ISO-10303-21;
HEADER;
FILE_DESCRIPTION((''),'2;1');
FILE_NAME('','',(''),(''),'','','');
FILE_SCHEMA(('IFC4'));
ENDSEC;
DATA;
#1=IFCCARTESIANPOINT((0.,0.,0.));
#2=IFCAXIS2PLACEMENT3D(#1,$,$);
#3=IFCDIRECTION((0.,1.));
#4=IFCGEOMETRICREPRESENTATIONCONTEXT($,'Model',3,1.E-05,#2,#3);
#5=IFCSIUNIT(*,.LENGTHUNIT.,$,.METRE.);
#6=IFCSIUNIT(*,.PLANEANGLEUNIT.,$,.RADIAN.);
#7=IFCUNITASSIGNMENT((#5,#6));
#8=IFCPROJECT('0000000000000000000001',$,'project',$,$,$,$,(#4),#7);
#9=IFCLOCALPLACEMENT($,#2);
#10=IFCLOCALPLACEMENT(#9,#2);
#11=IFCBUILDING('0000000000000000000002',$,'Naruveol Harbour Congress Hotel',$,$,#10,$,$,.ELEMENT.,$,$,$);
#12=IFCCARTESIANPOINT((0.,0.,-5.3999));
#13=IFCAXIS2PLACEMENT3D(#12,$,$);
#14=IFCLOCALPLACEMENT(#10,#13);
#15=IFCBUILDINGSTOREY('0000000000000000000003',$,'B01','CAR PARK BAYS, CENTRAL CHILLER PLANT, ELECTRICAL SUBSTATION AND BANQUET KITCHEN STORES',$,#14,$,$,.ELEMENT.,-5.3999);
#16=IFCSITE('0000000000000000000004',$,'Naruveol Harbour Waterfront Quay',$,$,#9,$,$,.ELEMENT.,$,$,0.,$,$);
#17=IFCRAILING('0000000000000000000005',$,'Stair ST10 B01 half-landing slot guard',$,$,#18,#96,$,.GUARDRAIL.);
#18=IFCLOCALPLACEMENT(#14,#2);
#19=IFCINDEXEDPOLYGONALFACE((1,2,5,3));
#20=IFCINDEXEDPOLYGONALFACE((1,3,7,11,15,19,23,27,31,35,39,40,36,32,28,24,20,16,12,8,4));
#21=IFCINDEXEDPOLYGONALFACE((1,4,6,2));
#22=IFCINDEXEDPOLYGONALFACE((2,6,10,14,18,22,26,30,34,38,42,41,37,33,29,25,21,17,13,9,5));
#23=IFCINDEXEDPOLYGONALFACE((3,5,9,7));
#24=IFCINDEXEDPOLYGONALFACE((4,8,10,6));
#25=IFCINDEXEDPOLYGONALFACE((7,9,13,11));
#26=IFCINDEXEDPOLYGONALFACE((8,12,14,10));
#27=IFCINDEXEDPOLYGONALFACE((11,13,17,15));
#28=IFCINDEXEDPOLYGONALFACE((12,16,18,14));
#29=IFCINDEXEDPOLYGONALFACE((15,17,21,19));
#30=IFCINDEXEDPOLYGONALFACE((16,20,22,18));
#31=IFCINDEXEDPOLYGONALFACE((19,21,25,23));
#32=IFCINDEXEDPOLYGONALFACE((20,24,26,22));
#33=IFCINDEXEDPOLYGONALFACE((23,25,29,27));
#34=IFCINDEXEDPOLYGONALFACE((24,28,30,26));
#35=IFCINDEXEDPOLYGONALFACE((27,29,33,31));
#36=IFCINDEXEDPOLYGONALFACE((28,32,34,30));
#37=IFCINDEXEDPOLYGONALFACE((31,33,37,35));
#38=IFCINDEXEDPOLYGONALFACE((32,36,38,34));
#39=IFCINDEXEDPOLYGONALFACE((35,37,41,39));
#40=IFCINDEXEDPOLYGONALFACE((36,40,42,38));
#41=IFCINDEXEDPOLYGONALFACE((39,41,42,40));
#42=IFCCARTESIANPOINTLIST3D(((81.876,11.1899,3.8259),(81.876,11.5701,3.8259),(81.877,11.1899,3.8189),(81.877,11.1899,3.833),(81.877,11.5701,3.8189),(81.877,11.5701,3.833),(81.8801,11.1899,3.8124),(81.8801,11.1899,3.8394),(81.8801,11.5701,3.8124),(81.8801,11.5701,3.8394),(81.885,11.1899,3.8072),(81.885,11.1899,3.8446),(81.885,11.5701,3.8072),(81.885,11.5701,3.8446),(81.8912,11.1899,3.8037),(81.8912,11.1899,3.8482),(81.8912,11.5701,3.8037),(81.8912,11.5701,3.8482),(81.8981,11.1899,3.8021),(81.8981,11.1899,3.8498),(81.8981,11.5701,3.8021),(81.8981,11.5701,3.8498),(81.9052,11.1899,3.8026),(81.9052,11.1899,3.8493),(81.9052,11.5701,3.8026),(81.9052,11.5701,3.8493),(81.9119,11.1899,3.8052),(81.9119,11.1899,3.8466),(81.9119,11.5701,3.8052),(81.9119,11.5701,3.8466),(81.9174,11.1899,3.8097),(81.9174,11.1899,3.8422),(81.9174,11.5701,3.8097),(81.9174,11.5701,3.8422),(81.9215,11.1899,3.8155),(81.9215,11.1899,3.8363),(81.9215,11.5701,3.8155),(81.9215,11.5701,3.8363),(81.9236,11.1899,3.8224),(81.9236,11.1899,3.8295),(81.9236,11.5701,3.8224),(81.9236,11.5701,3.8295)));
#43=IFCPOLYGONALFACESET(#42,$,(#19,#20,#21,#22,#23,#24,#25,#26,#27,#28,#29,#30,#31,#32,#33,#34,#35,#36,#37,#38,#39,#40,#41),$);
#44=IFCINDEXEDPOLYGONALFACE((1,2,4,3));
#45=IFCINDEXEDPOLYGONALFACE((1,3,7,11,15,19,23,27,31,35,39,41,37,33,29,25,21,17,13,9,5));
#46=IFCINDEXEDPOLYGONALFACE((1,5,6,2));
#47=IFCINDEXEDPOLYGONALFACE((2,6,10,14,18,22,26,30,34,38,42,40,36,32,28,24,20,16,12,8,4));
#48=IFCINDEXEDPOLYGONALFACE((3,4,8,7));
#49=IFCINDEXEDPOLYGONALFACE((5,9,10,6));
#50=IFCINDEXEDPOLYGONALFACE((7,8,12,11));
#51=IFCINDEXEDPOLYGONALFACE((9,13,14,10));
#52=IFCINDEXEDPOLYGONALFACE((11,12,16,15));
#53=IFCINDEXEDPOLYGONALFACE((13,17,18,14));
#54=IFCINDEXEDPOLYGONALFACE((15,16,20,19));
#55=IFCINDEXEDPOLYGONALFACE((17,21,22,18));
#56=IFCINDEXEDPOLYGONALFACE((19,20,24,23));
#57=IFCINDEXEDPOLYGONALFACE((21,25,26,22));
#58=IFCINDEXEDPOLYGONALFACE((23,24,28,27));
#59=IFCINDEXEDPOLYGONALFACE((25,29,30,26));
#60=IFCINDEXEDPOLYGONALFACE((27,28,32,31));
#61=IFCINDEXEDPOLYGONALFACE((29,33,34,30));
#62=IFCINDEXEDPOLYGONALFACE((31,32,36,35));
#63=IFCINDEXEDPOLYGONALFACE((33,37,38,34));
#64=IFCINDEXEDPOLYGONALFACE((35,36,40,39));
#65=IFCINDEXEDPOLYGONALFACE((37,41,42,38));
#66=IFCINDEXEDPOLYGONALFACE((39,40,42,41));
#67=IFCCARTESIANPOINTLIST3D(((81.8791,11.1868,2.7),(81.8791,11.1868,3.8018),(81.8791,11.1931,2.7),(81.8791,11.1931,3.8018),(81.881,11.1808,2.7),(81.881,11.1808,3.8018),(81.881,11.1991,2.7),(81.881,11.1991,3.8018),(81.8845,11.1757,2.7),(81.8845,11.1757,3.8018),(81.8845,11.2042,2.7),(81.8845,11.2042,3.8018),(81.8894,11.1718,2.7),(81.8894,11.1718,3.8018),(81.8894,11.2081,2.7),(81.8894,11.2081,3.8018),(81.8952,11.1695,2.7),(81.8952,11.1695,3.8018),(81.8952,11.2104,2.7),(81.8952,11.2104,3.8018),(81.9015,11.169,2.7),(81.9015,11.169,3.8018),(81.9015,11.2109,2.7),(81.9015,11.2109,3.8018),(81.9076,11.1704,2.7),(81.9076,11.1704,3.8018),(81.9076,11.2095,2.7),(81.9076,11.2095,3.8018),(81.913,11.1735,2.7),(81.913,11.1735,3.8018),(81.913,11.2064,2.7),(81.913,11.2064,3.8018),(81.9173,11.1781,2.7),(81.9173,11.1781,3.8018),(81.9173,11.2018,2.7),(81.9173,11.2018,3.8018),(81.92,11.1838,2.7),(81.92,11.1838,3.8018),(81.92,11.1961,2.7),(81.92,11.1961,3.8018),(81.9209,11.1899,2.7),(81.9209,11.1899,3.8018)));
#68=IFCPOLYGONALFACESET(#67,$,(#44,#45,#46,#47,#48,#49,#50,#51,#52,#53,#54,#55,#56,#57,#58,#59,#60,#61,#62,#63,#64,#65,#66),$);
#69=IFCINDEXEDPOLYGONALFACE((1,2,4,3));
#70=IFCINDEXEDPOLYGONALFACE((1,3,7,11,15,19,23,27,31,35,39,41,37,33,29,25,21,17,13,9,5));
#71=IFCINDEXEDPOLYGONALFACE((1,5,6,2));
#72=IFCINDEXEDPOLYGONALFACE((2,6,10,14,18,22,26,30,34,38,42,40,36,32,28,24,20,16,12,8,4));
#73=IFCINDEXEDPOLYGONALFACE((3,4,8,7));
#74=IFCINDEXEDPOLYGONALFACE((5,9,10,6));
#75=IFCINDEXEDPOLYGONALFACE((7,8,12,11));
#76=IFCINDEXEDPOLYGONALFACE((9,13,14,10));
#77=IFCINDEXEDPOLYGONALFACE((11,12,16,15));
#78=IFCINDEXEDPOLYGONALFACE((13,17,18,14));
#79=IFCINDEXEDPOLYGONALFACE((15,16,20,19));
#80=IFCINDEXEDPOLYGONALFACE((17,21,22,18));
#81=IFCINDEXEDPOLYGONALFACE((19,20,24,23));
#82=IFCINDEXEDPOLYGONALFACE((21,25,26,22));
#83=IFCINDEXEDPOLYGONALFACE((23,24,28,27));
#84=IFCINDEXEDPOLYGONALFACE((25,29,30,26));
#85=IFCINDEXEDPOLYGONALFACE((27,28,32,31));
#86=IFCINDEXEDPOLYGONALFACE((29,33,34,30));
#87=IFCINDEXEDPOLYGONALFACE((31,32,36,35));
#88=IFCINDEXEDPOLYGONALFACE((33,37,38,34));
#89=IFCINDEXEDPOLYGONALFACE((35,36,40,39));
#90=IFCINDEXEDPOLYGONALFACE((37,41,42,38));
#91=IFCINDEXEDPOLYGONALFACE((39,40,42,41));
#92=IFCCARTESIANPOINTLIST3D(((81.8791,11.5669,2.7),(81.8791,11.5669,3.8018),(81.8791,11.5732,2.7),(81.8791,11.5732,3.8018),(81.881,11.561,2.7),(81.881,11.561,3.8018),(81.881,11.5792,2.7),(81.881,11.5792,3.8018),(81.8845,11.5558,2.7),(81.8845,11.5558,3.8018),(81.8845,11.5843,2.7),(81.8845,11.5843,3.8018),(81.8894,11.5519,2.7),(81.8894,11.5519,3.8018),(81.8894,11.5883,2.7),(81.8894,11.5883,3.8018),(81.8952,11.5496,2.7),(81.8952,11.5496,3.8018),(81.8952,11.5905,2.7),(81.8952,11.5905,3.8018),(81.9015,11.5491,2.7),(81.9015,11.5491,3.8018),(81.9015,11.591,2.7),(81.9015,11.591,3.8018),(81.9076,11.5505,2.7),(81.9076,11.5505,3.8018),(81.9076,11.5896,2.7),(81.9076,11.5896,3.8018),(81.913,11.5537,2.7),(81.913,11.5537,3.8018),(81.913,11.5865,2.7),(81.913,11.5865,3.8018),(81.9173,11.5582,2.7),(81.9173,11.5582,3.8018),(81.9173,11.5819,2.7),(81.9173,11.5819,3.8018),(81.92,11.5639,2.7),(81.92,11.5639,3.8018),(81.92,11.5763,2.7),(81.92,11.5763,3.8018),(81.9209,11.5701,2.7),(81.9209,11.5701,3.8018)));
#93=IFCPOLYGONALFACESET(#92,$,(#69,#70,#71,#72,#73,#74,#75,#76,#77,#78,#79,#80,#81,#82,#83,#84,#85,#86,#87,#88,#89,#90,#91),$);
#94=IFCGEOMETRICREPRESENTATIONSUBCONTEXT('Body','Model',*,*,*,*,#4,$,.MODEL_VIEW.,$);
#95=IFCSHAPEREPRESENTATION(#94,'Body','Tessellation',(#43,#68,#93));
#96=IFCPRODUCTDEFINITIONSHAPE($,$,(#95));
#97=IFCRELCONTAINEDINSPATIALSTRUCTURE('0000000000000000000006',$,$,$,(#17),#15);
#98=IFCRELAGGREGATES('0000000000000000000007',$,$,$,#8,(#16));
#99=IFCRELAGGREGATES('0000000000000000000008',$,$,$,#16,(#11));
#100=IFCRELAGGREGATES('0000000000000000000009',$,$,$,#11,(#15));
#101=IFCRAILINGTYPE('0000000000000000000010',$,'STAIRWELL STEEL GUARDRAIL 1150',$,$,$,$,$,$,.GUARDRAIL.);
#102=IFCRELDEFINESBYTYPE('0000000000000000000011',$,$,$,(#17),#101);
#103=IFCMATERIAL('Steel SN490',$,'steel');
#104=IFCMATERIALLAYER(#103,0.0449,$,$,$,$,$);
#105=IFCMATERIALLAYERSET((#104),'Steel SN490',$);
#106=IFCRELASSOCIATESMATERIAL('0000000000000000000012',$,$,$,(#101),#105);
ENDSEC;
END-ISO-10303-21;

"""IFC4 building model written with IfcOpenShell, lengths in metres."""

from ifc_helpers import new_model, si_unit, direction, frame, origin, origin_2d, place, context, subcontext, project, spatial, circle, extrude, material, layer, layer_set, type_object, element, save


model = new_model("IFC4")

# Units and contexts
model_context = context("Model", 3, precision=1e-05, world=origin(), true_north=direction((0.0, 1.0)))
body_context = subcontext(model_context, "Body", "Model", "MODEL_VIEW")
ifc_project = project(units=[si_unit("LENGTHUNIT", "METRE"), si_unit("PLANEANGLEUNIT", "RADIAN")], contexts=[model_context])

# Site, building, storey
site_placement = place(None, origin())
site = spatial("IfcSite", under=ifc_project, at=site_placement, Name="Naruveol Harbour Waterfront Quay", CompositionType="ELEMENT", RefElevation=0.0)
building_placement = place(site_placement, origin())
building = spatial("IfcBuilding", under=site, at=building_placement, Name="Naruveol Harbour Congress Hotel", CompositionType="ELEMENT")
storey_placement = place(building_placement, frame((0.0, 0.0, -5.3999)))
storey = spatial("IfcBuildingStorey", under=building, at=storey_placement, Name="B01", Description="CAR PARK BAYS, CENTRAL CHILLER PLANT, ELECTRICAL SUBSTATION AND BANQUET KITCHEN STORES", CompositionType="ELEMENT", Elevation=-5.3999)

# Railing
ifc_material_1 = material(Name="Steel SN490", Category="steel")
ifc_layer_1 = layer(ifc_material_1, 0.0449)
ifc_layer_set_1 = layer_set([ifc_layer_1], Name="Steel SN490")
railing_type_1 = type_object("IfcRailingType", Name="STAIRWELL STEEL GUARDRAIL 1150", PredefinedType="GUARDRAIL", material=ifc_layer_set_1)
railing_1_placement = place(storey_placement, frame((81.8999, 11.1899, 2.7)))
element("IfcRailing", 1, at=railing_1_placement, inside=storey, type_object=railing_type_1, Name="Stair ST10 B01 half-landing slot guard", PredefinedType="GUARDRAIL", context=body_context, shape_type="SweptSolid", body=[
    extrude(circle(Radius=0.0239, at=origin_2d()), frame((0.0, 0.0, 1.126), z_axis=(0.0, 1.0, 0.0), x_axis=(-1.0, 0.0, 0.0)), (0.0, 0.0, 1.0), 0.3801),
    extrude(circle(Radius=0.021, at=origin_2d()), origin(), (0.0, 0.0, 1.0), 1.1018),
    extrude(circle(Radius=0.021, at=origin_2d()), frame((0.0, 0.3801, 0.0)), (0.0, 0.0, 1.0), 1.1018),
])

save(model, "model.ifc")
